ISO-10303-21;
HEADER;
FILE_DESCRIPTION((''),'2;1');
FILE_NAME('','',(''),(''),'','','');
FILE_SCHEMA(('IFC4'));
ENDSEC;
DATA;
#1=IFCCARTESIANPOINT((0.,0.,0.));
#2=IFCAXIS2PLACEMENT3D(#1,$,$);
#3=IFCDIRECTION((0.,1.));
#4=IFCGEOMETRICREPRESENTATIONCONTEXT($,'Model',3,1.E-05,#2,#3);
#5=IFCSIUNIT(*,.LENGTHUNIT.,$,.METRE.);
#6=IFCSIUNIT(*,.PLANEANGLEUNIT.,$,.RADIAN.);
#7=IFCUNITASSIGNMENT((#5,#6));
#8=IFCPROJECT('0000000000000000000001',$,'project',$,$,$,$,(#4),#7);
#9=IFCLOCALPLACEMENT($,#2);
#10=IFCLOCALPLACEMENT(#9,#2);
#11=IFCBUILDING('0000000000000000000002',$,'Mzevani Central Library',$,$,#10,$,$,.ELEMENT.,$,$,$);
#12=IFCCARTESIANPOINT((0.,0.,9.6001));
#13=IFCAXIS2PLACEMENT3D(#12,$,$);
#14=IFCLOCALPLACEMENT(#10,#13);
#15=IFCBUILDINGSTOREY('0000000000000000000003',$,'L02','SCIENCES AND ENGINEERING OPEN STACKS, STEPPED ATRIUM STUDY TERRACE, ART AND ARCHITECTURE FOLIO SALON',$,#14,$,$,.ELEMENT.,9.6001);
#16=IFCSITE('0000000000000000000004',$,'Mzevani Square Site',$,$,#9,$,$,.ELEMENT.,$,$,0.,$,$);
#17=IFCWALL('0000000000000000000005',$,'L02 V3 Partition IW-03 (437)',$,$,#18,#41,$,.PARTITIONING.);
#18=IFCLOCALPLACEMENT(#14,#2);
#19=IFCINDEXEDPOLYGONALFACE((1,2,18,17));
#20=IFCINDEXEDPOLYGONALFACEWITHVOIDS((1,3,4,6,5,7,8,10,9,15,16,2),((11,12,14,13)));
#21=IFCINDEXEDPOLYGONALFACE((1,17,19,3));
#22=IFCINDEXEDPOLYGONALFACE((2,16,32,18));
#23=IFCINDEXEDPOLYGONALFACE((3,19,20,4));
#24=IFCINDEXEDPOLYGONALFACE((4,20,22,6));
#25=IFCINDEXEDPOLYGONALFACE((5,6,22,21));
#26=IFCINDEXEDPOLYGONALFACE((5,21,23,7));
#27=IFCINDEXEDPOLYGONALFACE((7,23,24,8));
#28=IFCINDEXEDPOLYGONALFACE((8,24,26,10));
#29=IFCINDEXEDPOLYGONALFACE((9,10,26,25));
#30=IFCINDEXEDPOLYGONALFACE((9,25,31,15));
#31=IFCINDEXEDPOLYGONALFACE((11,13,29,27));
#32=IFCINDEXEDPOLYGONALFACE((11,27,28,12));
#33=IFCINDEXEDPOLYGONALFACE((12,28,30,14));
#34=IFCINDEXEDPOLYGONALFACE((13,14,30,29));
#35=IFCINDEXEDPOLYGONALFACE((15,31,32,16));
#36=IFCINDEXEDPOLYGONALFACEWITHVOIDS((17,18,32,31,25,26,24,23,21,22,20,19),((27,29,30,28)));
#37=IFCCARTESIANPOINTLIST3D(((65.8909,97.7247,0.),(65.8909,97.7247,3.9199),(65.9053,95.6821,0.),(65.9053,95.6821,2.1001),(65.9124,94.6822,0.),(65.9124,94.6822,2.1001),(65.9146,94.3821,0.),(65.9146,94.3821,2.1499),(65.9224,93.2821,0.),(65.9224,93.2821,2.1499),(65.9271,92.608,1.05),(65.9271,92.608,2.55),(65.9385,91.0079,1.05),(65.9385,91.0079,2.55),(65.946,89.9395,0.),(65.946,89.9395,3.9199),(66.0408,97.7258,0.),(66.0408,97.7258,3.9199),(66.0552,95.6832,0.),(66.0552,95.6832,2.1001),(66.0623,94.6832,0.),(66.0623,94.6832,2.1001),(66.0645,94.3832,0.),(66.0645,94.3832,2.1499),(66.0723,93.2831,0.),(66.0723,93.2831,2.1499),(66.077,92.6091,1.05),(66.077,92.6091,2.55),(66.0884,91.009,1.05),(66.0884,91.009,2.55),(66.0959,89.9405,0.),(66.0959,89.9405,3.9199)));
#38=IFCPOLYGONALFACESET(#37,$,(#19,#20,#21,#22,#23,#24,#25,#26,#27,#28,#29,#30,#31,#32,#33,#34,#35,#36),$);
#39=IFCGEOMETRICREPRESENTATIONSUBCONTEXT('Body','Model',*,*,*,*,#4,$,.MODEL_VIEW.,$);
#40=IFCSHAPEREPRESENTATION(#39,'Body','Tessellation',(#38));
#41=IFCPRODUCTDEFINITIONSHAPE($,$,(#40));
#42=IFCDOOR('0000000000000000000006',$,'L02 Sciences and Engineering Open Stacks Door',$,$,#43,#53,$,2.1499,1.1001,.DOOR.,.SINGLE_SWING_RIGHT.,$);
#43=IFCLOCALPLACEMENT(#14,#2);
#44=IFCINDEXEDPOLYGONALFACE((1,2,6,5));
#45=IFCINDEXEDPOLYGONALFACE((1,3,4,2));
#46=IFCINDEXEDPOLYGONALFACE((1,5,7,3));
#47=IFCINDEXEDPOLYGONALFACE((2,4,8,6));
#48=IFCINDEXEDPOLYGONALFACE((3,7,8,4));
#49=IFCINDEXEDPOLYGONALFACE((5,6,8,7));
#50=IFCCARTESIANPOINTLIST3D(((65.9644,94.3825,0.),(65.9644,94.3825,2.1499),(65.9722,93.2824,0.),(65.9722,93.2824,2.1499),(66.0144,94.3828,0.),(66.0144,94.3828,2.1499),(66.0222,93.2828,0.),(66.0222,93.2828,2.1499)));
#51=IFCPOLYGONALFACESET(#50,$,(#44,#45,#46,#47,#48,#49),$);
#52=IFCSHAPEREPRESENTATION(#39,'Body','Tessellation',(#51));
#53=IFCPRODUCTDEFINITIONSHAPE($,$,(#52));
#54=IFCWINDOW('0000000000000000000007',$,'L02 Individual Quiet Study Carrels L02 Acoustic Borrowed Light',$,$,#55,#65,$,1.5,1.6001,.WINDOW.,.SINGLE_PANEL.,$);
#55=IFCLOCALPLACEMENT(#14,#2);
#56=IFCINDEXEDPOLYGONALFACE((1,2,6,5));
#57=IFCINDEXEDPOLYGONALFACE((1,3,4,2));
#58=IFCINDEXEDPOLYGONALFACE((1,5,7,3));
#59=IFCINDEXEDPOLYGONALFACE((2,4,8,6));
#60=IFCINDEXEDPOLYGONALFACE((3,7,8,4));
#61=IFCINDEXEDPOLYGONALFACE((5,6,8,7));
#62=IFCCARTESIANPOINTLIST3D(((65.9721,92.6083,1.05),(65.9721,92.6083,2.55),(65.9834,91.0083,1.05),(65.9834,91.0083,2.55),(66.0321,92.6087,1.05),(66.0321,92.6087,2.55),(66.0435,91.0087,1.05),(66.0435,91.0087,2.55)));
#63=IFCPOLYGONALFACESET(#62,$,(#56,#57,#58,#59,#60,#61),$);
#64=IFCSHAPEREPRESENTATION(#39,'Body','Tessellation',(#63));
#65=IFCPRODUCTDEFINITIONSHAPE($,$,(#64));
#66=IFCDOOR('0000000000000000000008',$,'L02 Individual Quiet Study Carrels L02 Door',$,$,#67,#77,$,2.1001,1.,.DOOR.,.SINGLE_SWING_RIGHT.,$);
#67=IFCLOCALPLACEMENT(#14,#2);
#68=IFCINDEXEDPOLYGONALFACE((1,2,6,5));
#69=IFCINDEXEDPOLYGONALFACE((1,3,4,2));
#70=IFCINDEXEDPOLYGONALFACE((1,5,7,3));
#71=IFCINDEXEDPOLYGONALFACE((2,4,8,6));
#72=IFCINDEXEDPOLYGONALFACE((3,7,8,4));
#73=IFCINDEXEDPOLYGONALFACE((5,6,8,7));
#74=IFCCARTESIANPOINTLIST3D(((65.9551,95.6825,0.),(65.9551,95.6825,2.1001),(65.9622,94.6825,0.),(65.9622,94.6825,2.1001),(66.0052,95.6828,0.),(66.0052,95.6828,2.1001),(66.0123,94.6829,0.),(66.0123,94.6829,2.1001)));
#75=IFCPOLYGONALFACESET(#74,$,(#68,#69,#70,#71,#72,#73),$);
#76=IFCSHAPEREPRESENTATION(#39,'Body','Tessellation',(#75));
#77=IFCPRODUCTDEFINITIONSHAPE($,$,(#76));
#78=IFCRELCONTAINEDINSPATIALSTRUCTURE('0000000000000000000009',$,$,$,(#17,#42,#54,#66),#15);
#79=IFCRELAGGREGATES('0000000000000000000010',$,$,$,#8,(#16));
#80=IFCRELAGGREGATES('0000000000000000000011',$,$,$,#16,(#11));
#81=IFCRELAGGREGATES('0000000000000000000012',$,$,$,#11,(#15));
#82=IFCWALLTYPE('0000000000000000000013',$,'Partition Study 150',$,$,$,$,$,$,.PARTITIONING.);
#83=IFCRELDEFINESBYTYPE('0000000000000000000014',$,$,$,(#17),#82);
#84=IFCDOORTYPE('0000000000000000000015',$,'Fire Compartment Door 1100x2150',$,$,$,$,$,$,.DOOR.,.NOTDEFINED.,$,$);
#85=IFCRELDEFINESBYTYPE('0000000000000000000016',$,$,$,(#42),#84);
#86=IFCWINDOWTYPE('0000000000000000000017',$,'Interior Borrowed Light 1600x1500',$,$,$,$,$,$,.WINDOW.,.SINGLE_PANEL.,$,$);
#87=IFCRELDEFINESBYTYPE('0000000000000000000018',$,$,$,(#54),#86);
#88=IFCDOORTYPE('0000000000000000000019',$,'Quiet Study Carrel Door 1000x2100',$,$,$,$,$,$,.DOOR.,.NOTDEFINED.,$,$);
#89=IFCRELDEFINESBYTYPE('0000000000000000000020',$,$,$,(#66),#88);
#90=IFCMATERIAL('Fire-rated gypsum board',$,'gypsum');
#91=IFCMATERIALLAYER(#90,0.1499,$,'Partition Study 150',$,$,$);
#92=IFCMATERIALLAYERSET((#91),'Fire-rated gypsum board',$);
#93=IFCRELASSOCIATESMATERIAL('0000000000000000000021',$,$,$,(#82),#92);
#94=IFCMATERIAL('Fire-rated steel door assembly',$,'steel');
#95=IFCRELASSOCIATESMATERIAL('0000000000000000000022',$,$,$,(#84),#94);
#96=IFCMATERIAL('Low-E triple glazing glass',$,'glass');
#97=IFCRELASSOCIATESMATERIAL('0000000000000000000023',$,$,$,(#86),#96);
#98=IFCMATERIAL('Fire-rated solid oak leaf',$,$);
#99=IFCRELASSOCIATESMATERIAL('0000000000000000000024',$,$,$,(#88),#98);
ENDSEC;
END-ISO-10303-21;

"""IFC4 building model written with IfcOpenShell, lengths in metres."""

from ifc_helpers import new_model, si_unit, direction, frame, frame_2d, origin, place, context, subcontext, project, spatial, rectangle, extrude, material, layer, layer_set, type_object, element, fill, save


model = new_model("IFC4")

# Units and contexts
model_context = context("Model", 3, precision=1e-05, world=origin(), true_north=direction((0.0, 1.0)))
body_context = subcontext(model_context, "Body", "Model", "MODEL_VIEW")
ifc_project = project(units=[si_unit("LENGTHUNIT", "METRE"), si_unit("PLANEANGLEUNIT", "RADIAN")], contexts=[model_context])

# Site, building, storey
site_placement = place(None, origin())
site = spatial("IfcSite", under=ifc_project, at=site_placement, Name="Mzevani Square Site", CompositionType="ELEMENT", RefElevation=0.0)
building_placement = place(site_placement, origin())
building = spatial("IfcBuilding", under=site, at=building_placement, Name="Mzevani Central Library", CompositionType="ELEMENT")
storey_placement = place(building_placement, frame((0.0, 0.0, 9.6001)))
storey = spatial("IfcBuildingStorey", under=building, at=storey_placement, Name="L02", Description="SCIENCES AND ENGINEERING OPEN STACKS, STEPPED ATRIUM STUDY TERRACE, ART AND ARCHITECTURE FOLIO SALON", CompositionType="ELEMENT", Elevation=9.6001)

# Shared definitions
ifc_material_1 = material(Name="Low-E triple glazing glass", Category="glass")

# Wall, openings, doors, window
ifc_material_2 = material(Name="Fire-rated gypsum board", Category="gypsum")
ifc_layer_1 = layer(ifc_material_2, 0.1499, Name="Partition Study 150")
ifc_layer_set_1 = layer_set([ifc_layer_1], Name="Fire-rated gypsum board")
wall_type_1 = type_object("IfcWallType", Name="Partition Study 150", PredefinedType="PARTITIONING", material=ifc_layer_set_1)
wall_1_placement = place(storey_placement, frame((65.9658, 97.7251, 0.0), z_axis=(0.0, 0.0, 1.0), x_axis=(0.007087, -0.999975, 0.0)))
wall_1 = element("IfcWall", 1, at=wall_1_placement, inside=storey, type_object=wall_type_1, Name="L02 V3 Partition IW-03 (437)", PredefinedType="PARTITIONING", context=body_context, shape_type="SweptSolid", body=[
    extrude(rectangle(XDim=7.7854, YDim=0.1499, at=frame_2d((3.8926, 0.0))), origin(), (0.0, 0.0, 1.0), 3.9199),
])
opening_1_placement = place(wall_1_placement, frame((3.3425, 0.0, 0.0)))
opening_1 = element("IfcOpeningElement", 2, at=opening_1_placement, cuts=wall_1, PredefinedType="OPENING", context=body_context, shape_type="SweptSolid", body=[
    extrude(rectangle(XDim=1.1001, YDim=2.1499, at=frame_2d((0.55, 1.075))), frame((0.0, 0.085, 0.0), z_axis=(0.0, -1.0, 0.0), x_axis=(1.0, 0.0, 0.0)), (0.0, 0.0, 1.0), 0.1699),
])
opening_2_placement = place(wall_1_placement, frame((2.0425, 0.0, 0.0)))
opening_2 = element("IfcOpeningElement", 3, at=opening_2_placement, cuts=wall_1, PredefinedType="OPENING", context=body_context, shape_type="SweptSolid", body=[
    extrude(rectangle(XDim=1.0, YDim=2.1001, at=frame_2d((0.5, 1.05))), frame((0.0, 0.085, 0.0), z_axis=(0.0, -1.0, 0.0), x_axis=(1.0, 0.0, 0.0)), (0.0, 0.0, 1.0), 0.1699),
])
opening_3_placement = place(wall_1_placement, frame((5.1167, 0.0, 1.05)))
opening_3 = element("IfcOpeningElement", 4, at=opening_3_placement, cuts=wall_1, PredefinedType="OPENING", context=body_context, shape_type="SweptSolid", body=[
    extrude(rectangle(XDim=1.6001, YDim=1.5, at=frame_2d((0.8, 0.75))), frame((0.0, 0.085, 0.0), z_axis=(0.0, -1.0, 0.0), x_axis=(1.0, 0.0, 0.0)), (0.0, 0.0, 1.0), 0.1699),
])
ifc_material_3 = material(Name="Fire-rated steel door assembly", Category="steel")
door_type_1 = type_object("IfcDoorType", Name="Fire Compartment Door 1100x2150", OperationType="NOTDEFINED", PredefinedType="DOOR", material=ifc_material_3)
door_1_placement = place(opening_1_placement, origin())
door_1 = element("IfcDoor", 5, at=door_1_placement, inside=storey, type_object=door_type_1, Name="L02 Sciences and Engineering Open Stacks Door", OperationType="SINGLE_SWING_RIGHT", OverallHeight=2.1499, OverallWidth=1.1001, PredefinedType="DOOR", context=body_context, shape_type="SweptSolid", body=[
    extrude(rectangle(XDim=1.1001, YDim=2.1499, at=frame_2d((0.55, 1.075))), frame((0.0, 0.0249, 0.0), z_axis=(0.0, -1.0, 0.0), x_axis=(1.0, 0.0, 0.0)), (0.0, 0.0, 1.0), 0.05),
])
fill(opening_1, door_1)
window_type = type_object("IfcWindowType", Name="Interior Borrowed Light 1600x1500", PartitioningType="SINGLE_PANEL", PredefinedType="WINDOW", material=ifc_material_1)
window_placement = place(opening_3_placement, origin())
window = element("IfcWindow", 6, at=window_placement, inside=storey, type_object=window_type, Name="L02 Individual Quiet Study Carrels L02 Acoustic Borrowed Light", OverallHeight=1.5, OverallWidth=1.6001, PartitioningType="SINGLE_PANEL", PredefinedType="WINDOW", context=body_context, shape_type="SweptSolid", body=[
    extrude(rectangle(XDim=1.6001, YDim=1.5, at=frame_2d((0.8, 0.75))), frame((0.0, 0.03, 0.0), z_axis=(0.0, -1.0, 0.0), x_axis=(1.0, 0.0, 0.0)), (0.0, 0.0, 1.0), 0.0601),
])
fill(opening_3, window)
ifc_material_4 = material(Name="Fire-rated solid oak leaf")
door_type_2 = type_object("IfcDoorType", Name="Quiet Study Carrel Door 1000x2100", OperationType="NOTDEFINED", PredefinedType="DOOR", material=ifc_material_4)
door_2_placement = place(opening_2_placement, origin())
door_2 = element("IfcDoor", 7, at=door_2_placement, inside=storey, type_object=door_type_2, Name="L02 Individual Quiet Study Carrels L02 Door", OperationType="SINGLE_SWING_RIGHT", OverallHeight=2.1001, OverallWidth=1.0, PredefinedType="DOOR", context=body_context, shape_type="SweptSolid", body=[
    extrude(rectangle(XDim=1.0, YDim=2.1001, at=frame_2d((0.5, 1.05))), frame((0.0, 0.0249, 0.0), z_axis=(0.0, -1.0, 0.0), x_axis=(1.0, 0.0, 0.0)), (0.0, 0.0, 1.0), 0.05),
])
fill(opening_2, door_2)

save(model, "model.ifc")
